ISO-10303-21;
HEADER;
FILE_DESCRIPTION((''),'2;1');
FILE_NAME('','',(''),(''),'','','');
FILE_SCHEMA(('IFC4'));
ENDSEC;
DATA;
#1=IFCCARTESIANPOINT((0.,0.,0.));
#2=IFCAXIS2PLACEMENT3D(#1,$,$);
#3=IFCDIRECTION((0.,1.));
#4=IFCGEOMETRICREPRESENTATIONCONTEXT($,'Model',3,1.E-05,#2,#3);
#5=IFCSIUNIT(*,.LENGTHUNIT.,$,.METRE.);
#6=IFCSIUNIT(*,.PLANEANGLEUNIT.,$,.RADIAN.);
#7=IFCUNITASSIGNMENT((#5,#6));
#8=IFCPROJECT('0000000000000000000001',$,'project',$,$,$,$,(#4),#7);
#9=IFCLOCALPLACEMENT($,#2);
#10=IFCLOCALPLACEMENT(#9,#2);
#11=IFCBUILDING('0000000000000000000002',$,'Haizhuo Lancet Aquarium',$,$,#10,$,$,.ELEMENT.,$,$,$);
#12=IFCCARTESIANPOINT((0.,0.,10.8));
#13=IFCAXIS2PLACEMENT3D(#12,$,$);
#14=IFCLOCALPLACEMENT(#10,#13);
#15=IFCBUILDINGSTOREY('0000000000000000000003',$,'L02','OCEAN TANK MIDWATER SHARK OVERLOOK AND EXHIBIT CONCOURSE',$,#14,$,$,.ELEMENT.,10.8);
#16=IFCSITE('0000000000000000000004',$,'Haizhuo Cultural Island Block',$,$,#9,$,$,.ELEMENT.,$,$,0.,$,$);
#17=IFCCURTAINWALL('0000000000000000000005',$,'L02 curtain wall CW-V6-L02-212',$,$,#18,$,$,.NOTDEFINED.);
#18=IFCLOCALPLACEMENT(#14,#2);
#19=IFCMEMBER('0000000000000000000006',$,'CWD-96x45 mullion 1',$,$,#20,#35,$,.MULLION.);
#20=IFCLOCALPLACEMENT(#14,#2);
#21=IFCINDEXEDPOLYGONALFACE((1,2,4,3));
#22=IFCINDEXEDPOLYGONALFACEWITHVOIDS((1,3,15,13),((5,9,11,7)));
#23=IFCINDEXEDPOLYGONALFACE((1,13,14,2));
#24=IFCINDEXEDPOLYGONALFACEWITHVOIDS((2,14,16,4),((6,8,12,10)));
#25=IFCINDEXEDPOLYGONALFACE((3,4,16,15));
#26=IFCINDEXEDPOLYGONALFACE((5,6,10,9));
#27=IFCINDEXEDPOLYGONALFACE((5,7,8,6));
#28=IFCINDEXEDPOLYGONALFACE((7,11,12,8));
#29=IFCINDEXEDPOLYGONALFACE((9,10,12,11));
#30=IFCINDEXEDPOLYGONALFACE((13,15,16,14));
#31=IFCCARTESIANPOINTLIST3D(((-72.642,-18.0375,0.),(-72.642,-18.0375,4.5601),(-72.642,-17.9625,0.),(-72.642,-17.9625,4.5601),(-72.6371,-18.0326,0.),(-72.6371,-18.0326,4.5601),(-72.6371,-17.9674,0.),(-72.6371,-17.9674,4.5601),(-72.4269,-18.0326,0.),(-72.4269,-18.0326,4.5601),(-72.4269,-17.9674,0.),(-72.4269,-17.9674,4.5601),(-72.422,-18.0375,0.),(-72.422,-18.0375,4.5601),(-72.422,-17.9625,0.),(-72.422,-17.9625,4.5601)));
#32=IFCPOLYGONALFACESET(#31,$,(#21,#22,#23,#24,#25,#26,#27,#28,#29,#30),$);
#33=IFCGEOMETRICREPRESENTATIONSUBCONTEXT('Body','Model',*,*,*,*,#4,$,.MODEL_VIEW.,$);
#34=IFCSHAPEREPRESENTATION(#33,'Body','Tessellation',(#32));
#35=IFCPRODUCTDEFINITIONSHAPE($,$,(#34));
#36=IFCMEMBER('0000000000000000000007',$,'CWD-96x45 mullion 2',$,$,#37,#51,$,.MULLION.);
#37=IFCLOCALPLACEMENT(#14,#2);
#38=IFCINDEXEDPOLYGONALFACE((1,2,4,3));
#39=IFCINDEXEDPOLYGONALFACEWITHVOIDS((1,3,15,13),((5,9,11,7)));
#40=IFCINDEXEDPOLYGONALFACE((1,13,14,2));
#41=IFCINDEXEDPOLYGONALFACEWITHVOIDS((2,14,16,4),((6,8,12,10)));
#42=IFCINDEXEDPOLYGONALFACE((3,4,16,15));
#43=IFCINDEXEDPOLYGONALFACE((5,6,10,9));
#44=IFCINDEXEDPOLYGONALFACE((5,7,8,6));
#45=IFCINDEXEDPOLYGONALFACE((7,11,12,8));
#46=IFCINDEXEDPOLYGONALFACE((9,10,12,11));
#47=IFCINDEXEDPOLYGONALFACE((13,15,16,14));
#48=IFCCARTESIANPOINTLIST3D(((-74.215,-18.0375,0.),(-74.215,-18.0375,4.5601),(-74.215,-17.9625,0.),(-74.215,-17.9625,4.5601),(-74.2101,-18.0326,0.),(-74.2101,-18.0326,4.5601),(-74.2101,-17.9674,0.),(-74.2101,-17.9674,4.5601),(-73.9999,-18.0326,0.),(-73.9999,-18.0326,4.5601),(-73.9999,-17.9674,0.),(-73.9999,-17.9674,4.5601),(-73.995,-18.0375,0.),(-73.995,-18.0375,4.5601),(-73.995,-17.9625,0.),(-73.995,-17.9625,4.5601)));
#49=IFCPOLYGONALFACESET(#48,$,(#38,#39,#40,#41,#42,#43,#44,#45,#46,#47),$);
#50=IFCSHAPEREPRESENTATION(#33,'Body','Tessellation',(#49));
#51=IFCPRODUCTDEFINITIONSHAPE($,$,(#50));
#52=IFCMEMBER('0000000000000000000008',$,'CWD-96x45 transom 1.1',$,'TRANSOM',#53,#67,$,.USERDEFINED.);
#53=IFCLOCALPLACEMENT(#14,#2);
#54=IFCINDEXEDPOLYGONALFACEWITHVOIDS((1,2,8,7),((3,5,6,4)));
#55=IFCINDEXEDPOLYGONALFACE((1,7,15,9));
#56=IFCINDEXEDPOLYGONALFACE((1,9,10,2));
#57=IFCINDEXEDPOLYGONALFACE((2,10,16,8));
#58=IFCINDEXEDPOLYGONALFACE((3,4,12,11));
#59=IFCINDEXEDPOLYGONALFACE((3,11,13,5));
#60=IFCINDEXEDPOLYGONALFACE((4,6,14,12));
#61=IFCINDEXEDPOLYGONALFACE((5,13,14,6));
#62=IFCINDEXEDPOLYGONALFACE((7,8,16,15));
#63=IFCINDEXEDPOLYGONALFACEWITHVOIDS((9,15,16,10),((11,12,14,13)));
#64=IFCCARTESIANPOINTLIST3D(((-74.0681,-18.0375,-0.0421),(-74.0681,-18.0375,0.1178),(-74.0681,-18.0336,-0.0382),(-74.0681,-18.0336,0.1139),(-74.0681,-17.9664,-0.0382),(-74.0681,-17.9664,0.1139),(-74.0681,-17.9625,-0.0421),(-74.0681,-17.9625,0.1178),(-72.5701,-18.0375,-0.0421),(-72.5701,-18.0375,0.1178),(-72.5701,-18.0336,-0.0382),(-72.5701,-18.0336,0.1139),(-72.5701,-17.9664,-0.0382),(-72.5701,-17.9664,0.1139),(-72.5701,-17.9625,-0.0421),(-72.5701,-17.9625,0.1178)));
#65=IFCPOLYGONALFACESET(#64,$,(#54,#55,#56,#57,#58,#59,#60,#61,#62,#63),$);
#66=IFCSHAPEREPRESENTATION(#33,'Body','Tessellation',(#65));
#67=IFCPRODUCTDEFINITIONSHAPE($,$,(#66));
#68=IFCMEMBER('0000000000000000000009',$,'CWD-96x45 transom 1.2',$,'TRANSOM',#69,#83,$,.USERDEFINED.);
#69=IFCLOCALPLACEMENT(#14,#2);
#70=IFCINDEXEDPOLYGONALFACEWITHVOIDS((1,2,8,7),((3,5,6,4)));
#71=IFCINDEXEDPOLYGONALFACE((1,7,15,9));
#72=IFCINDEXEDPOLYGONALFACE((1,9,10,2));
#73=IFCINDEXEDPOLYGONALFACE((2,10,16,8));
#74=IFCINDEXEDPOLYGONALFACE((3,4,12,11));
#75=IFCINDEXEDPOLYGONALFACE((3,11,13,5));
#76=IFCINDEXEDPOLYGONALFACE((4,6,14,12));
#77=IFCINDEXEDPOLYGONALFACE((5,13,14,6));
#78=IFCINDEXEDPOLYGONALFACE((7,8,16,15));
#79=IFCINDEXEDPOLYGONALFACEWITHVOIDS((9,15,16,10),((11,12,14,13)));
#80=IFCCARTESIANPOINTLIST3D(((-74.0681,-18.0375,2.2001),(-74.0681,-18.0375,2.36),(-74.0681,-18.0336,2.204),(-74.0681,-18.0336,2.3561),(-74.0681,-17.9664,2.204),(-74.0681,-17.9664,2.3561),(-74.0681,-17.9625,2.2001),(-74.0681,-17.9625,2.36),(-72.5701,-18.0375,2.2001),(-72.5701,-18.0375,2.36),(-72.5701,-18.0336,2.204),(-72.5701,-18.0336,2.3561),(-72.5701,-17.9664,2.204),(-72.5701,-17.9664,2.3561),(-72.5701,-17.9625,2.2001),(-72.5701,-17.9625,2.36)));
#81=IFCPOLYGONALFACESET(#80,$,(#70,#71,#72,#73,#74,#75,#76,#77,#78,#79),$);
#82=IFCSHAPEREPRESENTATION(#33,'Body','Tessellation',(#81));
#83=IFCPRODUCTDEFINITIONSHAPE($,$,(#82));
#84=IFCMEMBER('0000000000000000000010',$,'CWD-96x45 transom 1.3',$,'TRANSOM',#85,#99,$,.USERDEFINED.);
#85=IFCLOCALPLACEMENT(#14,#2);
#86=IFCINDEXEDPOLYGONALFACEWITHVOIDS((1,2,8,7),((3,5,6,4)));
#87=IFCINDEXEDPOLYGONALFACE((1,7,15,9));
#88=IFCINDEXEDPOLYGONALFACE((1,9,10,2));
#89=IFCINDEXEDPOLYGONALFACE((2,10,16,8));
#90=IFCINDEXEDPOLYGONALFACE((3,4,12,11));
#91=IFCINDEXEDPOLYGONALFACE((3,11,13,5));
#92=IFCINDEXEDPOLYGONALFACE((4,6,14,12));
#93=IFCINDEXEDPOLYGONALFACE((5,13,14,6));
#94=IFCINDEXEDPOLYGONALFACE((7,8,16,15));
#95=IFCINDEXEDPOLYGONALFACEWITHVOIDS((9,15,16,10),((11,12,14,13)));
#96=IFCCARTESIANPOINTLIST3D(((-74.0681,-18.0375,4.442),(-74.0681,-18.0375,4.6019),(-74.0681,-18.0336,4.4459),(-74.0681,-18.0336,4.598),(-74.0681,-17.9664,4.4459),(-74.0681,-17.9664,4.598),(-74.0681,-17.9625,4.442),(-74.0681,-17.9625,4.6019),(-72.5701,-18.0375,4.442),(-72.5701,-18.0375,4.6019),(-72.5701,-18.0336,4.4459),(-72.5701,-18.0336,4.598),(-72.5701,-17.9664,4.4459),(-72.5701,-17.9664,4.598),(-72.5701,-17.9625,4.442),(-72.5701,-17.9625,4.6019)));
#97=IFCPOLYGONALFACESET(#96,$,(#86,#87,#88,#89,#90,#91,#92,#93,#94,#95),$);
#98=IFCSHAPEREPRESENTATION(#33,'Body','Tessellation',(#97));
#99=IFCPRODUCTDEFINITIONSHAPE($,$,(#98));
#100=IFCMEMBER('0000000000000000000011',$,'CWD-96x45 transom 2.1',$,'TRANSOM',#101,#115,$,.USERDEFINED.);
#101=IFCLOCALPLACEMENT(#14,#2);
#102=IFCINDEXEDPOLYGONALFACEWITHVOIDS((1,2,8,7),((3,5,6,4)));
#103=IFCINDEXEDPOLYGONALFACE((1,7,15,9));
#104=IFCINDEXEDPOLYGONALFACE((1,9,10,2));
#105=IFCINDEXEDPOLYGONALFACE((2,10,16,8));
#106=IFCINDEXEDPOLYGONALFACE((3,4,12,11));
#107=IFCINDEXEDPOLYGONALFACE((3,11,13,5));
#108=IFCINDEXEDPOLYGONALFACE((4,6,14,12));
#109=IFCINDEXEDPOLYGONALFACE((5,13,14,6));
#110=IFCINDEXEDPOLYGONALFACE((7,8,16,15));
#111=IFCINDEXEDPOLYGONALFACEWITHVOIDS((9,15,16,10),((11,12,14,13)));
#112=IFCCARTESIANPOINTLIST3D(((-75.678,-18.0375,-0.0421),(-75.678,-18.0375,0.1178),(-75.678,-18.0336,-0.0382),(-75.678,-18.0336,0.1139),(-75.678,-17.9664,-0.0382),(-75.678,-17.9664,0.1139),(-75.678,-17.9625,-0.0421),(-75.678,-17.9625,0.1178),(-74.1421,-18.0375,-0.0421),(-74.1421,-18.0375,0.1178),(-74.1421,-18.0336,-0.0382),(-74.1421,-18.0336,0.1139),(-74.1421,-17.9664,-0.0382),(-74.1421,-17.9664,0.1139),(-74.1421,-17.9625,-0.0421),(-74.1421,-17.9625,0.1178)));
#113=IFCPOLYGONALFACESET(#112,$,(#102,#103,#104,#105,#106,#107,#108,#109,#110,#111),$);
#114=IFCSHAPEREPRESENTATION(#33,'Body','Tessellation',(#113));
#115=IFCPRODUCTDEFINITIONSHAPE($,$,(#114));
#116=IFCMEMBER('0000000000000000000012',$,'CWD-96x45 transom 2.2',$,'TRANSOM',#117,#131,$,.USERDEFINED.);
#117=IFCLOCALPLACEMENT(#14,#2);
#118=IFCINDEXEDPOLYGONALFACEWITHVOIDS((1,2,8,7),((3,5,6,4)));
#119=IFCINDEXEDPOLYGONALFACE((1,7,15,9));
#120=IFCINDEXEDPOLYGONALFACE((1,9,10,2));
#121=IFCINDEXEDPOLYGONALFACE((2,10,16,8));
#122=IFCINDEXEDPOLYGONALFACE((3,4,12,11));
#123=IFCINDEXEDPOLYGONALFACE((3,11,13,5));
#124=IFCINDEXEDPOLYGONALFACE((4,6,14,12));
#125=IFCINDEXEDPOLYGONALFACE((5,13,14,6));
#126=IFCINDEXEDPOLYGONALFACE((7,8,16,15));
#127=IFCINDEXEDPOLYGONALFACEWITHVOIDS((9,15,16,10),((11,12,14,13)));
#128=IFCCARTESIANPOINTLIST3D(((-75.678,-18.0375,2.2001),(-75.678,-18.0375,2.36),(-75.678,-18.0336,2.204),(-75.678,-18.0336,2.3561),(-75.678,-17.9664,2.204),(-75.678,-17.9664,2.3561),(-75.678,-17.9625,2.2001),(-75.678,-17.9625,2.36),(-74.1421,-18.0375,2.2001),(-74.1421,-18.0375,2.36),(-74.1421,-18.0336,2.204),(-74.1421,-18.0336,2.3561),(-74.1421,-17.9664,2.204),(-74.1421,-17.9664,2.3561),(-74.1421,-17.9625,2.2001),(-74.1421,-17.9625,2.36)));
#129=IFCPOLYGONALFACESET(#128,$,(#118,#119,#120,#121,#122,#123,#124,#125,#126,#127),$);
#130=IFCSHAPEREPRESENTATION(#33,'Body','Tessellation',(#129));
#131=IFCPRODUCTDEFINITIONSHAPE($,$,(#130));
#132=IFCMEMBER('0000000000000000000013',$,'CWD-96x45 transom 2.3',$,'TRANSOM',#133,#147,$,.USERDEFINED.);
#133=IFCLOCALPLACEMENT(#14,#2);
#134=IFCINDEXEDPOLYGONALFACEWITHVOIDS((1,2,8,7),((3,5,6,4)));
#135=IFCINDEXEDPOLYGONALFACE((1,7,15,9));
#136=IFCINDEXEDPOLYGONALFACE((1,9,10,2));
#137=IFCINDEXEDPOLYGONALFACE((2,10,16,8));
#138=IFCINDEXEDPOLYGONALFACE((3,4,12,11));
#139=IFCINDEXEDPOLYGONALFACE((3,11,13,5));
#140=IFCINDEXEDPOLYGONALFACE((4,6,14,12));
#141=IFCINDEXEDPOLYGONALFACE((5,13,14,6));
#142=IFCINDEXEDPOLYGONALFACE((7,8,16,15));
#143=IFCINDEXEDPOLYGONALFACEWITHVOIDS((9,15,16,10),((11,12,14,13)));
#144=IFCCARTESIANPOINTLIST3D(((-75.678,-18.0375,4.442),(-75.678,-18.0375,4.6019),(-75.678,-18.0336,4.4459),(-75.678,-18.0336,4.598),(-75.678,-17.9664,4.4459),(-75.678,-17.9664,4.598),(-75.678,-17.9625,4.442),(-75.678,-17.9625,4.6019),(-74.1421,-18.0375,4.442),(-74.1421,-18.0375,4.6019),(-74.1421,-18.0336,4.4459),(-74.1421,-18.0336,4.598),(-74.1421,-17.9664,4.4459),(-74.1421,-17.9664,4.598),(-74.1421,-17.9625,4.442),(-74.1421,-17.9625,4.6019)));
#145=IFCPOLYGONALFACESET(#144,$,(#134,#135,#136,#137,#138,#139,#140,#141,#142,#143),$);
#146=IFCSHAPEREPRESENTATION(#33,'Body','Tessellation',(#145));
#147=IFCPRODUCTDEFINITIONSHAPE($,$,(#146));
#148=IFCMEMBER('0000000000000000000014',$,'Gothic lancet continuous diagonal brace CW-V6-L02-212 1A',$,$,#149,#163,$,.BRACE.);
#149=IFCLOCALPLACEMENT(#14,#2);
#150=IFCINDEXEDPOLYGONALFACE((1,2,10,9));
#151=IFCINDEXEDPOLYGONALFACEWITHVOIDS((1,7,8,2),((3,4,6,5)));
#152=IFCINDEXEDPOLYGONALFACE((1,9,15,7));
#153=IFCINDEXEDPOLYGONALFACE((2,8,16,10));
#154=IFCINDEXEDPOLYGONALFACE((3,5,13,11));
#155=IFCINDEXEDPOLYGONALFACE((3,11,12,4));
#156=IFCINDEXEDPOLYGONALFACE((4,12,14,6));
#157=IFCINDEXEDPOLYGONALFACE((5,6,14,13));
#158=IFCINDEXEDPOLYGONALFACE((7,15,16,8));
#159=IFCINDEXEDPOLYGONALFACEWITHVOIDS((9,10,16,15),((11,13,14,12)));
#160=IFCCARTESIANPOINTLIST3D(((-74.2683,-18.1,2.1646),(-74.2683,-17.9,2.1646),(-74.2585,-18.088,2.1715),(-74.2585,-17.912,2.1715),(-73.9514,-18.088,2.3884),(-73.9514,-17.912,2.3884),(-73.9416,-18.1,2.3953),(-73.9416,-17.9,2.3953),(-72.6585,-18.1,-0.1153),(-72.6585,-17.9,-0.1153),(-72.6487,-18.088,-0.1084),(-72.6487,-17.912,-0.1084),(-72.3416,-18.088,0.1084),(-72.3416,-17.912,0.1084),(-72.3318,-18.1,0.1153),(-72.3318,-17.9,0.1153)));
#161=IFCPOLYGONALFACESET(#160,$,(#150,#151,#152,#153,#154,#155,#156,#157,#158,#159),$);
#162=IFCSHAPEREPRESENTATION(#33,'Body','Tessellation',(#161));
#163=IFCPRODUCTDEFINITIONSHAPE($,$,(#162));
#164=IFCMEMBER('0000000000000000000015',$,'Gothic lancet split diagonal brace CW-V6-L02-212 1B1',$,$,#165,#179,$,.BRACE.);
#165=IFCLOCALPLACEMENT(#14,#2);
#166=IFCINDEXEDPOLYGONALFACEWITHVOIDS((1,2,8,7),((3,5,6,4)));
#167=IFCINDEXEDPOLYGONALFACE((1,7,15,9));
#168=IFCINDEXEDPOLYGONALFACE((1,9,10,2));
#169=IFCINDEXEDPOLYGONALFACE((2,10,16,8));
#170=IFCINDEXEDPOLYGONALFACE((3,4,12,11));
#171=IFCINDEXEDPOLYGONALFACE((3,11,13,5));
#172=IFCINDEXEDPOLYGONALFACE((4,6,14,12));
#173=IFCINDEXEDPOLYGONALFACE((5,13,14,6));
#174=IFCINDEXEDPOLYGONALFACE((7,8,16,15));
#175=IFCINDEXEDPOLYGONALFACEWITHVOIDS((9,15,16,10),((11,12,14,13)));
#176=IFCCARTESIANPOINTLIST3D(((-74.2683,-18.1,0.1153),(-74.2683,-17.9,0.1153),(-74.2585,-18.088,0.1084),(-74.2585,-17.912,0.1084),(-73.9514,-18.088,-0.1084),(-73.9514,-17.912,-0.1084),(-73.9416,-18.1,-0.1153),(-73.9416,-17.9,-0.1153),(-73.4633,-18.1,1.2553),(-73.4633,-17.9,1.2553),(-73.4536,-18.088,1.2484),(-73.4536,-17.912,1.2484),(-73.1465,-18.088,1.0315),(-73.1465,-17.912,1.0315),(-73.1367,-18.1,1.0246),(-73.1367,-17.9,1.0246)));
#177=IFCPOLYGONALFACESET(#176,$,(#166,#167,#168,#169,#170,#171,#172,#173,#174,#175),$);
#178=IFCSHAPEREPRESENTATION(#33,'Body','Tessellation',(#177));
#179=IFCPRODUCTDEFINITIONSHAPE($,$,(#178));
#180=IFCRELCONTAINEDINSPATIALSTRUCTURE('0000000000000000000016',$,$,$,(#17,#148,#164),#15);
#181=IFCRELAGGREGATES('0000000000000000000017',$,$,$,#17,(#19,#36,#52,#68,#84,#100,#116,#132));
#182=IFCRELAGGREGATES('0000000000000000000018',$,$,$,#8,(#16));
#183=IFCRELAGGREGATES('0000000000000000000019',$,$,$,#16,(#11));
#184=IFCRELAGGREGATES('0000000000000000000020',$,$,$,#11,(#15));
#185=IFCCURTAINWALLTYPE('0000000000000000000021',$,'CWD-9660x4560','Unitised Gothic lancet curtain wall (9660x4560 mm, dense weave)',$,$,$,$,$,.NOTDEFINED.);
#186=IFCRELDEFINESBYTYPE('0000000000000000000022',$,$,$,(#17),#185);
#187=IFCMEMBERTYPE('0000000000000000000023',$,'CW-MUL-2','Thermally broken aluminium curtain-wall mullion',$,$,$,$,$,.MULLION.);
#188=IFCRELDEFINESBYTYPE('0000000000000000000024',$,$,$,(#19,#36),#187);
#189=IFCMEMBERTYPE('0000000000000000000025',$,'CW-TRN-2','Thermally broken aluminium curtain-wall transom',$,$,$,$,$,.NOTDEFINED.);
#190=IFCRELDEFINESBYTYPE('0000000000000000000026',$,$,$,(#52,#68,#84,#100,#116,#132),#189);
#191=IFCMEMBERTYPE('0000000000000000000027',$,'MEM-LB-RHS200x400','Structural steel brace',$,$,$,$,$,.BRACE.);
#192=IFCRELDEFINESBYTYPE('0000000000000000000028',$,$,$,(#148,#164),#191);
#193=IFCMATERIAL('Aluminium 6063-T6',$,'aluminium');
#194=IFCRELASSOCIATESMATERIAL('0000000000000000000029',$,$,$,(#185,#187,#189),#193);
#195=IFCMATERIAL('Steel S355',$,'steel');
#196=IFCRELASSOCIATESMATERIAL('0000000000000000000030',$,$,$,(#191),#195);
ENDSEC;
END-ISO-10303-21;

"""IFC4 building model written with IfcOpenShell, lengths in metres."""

from ifc_helpers import new_model, si_unit, direction, frame, origin, origin_2d, place, context, subcontext, project, spatial, hollow_rectangle, extrude, material, material_profile, profile_set, type_object, element, aggregate, save


model = new_model("IFC4")

# Units and contexts
model_context = context("Model", 3, precision=1e-05, world=origin(), true_north=direction((0.0, 1.0)))
body_context = subcontext(model_context, "Body", "Model", "MODEL_VIEW")
ifc_project = project(units=[si_unit("LENGTHUNIT", "METRE"), si_unit("PLANEANGLEUNIT", "RADIAN")], contexts=[model_context])

# Site, building, storey
site_placement = place(None, origin())
site = spatial("IfcSite", under=ifc_project, at=site_placement, Name="Haizhuo Cultural Island Block", CompositionType="ELEMENT", RefElevation=0.0)
building_placement = place(site_placement, origin())
building = spatial("IfcBuilding", under=site, at=building_placement, Name="Haizhuo Lancet Aquarium", CompositionType="ELEMENT")
storey_placement = place(building_placement, frame((0.0, 0.0, 10.8)))
storey = spatial("IfcBuildingStorey", under=building, at=storey_placement, Name="L02", Description="OCEAN TANK MIDWATER SHARK OVERLOOK AND EXHIBIT CONCOURSE", CompositionType="ELEMENT", Elevation=10.8)

# Curtain wall, members
ifc_material_1 = material(Name="Aluminium 6063-T6", Category="aluminium")
curtain_wall_type = type_object("IfcCurtainWallType", Name="CWD-9660x4560", Description="Unitised Gothic lancet curtain wall (9660x4560 mm, dense weave)", PredefinedType="NOTDEFINED", material=ifc_material_1)
curtain_wall_placement = place(storey_placement, origin())
curtain_wall = element("IfcCurtainWall", 1, at=curtain_wall_placement, inside=storey, type_object=curtain_wall_type, Name="L02 curtain wall CW-V6-L02-212", PredefinedType="NOTDEFINED")
ifc_material_profile_1 = material_profile(ifc_material_1, hollow_rectangle(XDim=0.075, YDim=0.22, WallThickness=0.0049, at=origin_2d()), Name="ALU-M 75x220x5")
ifc_profile_set_1 = profile_set([ifc_material_profile_1], Name="Aluminium 6063-T6")
member_type_1 = type_object("IfcMemberType", Name="CW-MUL-2", Description="Thermally broken aluminium curtain-wall mullion", PredefinedType="MULLION", material=ifc_profile_set_1)
member_1_placement = place(storey_placement, frame((-72.532, -18.0, 0.0), z_axis=(0.0, 0.0, 1.0), x_axis=(0.0, -1.0, 0.0)))
member_1 = element("IfcMember", 2, at=member_1_placement, type_object=member_type_1, Name="CWD-96x45 mullion 1", PredefinedType="MULLION", context=body_context, shape_type="SweptSolid", body=[
    extrude(hollow_rectangle(XDim=0.075, YDim=0.22, WallThickness=0.0049, at=origin_2d()), origin(), (0.0, 0.0, 1.0), 4.5601),
])
member_2_placement = place(storey_placement, frame((-74.105, -18.0, 0.0), z_axis=(0.0, 0.0, 1.0), x_axis=(0.0, -1.0, 0.0)))
member_2 = element("IfcMember", 3, at=member_2_placement, type_object=member_type_1, Name="CWD-96x45 mullion 2", PredefinedType="MULLION", context=body_context, shape_type="SweptSolid", body=[
    extrude(hollow_rectangle(XDim=0.075, YDim=0.22, WallThickness=0.0049, at=origin_2d()), origin(), (0.0, 0.0, 1.0), 4.5601),
])
ifc_material_profile_2 = material_profile(ifc_material_1, hollow_rectangle(XDim=0.075, YDim=0.1599, WallThickness=0.0039, at=origin_2d()), Name="ALU-T 75x160x4")
ifc_profile_set_2 = profile_set([ifc_material_profile_2], Name="Aluminium 6063-T6")
member_type_2 = type_object("IfcMemberType", Name="CW-TRN-2", Description="Thermally broken aluminium curtain-wall transom", PredefinedType="NOTDEFINED", material=ifc_profile_set_2)
member_3_placement = place(storey_placement, frame((-72.5701, -18.0, 0.0378), z_axis=(-1.0, 0.0, 0.0), x_axis=(0.0, -1.0, 0.0)))
member_3 = element("IfcMember", 4, at=member_3_placement, type_object=member_type_2, Name="CWD-96x45 transom 1.1", ObjectType="TRANSOM", PredefinedType="USERDEFINED", context=body_context, shape_type="SweptSolid", body=[
    extrude(hollow_rectangle(XDim=0.075, YDim=0.1599, WallThickness=0.0039, at=origin_2d()), origin(), (0.0, 0.0, 1.0), 1.498),
])
member_4_placement = place(storey_placement, frame((-72.5701, -18.0, 2.28), z_axis=(-1.0, 0.0, 0.0), x_axis=(0.0, -1.0, 0.0)))
member_4 = element("IfcMember", 5, at=member_4_placement, type_object=member_type_2, Name="CWD-96x45 transom 1.2", ObjectType="TRANSOM", PredefinedType="USERDEFINED", context=body_context, shape_type="SweptSolid", body=[
    extrude(hollow_rectangle(XDim=0.075, YDim=0.1599, WallThickness=0.0039, at=origin_2d()), origin(), (0.0, 0.0, 1.0), 1.498),
])
member_5_placement = place(storey_placement, frame((-72.5701, -18.0, 4.522), z_axis=(-1.0, 0.0, 0.0), x_axis=(0.0, -1.0, 0.0)))
member_5 = element("IfcMember", 6, at=member_5_placement, type_object=member_type_2, Name="CWD-96x45 transom 1.3", ObjectType="TRANSOM", PredefinedType="USERDEFINED", context=body_context, shape_type="SweptSolid", body=[
    extrude(hollow_rectangle(XDim=0.075, YDim=0.1599, WallThickness=0.0039, at=origin_2d()), origin(), (0.0, 0.0, 1.0), 1.498),
])
member_6_placement = place(storey_placement, frame((-74.1421, -18.0, 0.0378), z_axis=(-1.0, 0.0, 0.0), x_axis=(0.0, -1.0, 0.0)))
member_6 = element("IfcMember", 7, at=member_6_placement, type_object=member_type_2, Name="CWD-96x45 transom 2.1", ObjectType="TRANSOM", PredefinedType="USERDEFINED", context=body_context, shape_type="SweptSolid", body=[
    extrude(hollow_rectangle(XDim=0.075, YDim=0.1599, WallThickness=0.0039, at=origin_2d()), origin(), (0.0, 0.0, 1.0), 1.5359),
])
member_7_placement = place(storey_placement, frame((-74.1421, -18.0, 2.28), z_axis=(-1.0, 0.0, 0.0), x_axis=(0.0, -1.0, 0.0)))
member_7 = element("IfcMember", 8, at=member_7_placement, type_object=member_type_2, Name="CWD-96x45 transom 2.2", ObjectType="TRANSOM", PredefinedType="USERDEFINED", context=body_context, shape_type="SweptSolid", body=[
    extrude(hollow_rectangle(XDim=0.075, YDim=0.1599, WallThickness=0.0039, at=origin_2d()), origin(), (0.0, 0.0, 1.0), 1.5359),
])
member_8_placement = place(storey_placement, frame((-74.1421, -18.0, 4.522), z_axis=(-1.0, 0.0, 0.0), x_axis=(0.0, -1.0, 0.0)))
member_8 = element("IfcMember", 9, at=member_8_placement, type_object=member_type_2, Name="CWD-96x45 transom 2.3", ObjectType="TRANSOM", PredefinedType="USERDEFINED", context=body_context, shape_type="SweptSolid", body=[
    extrude(hollow_rectangle(XDim=0.075, YDim=0.1599, WallThickness=0.0039, at=origin_2d()), origin(), (0.0, 0.0, 1.0), 1.5359),
])

# Members
ifc_material_2 = material(Name="Steel S355", Category="steel")
ifc_material_profile_3 = material_profile(ifc_material_2, hollow_rectangle(XDim=0.2, YDim=0.3999, WallThickness=0.012, at=origin_2d()), Name="RHS 200x400x12")
ifc_profile_set_3 = profile_set([ifc_material_profile_3], Name="Steel S355")
member_type_3 = type_object("IfcMemberType", Name="MEM-LB-RHS200x400", Description="Structural steel brace", PredefinedType="BRACE", material=ifc_profile_set_3)
member_9_placement = place(storey_placement, frame((-72.4951, -18.0, 0.0), z_axis=(-0.576786, 0.0, 0.816895), x_axis=(0.0, -1.0, 0.0)))
element("IfcMember", 10, at=member_9_placement, inside=storey, type_object=member_type_3, Name="Gothic lancet continuous diagonal brace CW-V6-L02-212 1A", PredefinedType="BRACE", context=body_context, shape_type="SweptSolid", body=[
    extrude(hollow_rectangle(XDim=0.2, YDim=0.3999, WallThickness=0.012, at=origin_2d()), origin(), (0.0, 0.0, 1.0), 2.791),
])
member_10_placement = place(storey_placement, frame((-74.105, -18.0, 0.0), z_axis=(0.576827, 0.0, 0.816866), x_axis=(0.0, 1.0, 0.0)))
element("IfcMember", 11, at=member_10_placement, inside=storey, type_object=member_type_3, Name="Gothic lancet split diagonal brace CW-V6-L02-212 1B1", PredefinedType="BRACE", context=body_context, shape_type="SweptSolid", body=[
    extrude(hollow_rectangle(XDim=0.2, YDim=0.3999, WallThickness=0.012, at=origin_2d()), origin(), (0.0, 0.0, 1.0), 1.3955),
])

aggregate(curtain_wall, [member_1, member_2, member_3, member_4, member_5, member_6, member_7, member_8])

save(model, "model.ifc")
